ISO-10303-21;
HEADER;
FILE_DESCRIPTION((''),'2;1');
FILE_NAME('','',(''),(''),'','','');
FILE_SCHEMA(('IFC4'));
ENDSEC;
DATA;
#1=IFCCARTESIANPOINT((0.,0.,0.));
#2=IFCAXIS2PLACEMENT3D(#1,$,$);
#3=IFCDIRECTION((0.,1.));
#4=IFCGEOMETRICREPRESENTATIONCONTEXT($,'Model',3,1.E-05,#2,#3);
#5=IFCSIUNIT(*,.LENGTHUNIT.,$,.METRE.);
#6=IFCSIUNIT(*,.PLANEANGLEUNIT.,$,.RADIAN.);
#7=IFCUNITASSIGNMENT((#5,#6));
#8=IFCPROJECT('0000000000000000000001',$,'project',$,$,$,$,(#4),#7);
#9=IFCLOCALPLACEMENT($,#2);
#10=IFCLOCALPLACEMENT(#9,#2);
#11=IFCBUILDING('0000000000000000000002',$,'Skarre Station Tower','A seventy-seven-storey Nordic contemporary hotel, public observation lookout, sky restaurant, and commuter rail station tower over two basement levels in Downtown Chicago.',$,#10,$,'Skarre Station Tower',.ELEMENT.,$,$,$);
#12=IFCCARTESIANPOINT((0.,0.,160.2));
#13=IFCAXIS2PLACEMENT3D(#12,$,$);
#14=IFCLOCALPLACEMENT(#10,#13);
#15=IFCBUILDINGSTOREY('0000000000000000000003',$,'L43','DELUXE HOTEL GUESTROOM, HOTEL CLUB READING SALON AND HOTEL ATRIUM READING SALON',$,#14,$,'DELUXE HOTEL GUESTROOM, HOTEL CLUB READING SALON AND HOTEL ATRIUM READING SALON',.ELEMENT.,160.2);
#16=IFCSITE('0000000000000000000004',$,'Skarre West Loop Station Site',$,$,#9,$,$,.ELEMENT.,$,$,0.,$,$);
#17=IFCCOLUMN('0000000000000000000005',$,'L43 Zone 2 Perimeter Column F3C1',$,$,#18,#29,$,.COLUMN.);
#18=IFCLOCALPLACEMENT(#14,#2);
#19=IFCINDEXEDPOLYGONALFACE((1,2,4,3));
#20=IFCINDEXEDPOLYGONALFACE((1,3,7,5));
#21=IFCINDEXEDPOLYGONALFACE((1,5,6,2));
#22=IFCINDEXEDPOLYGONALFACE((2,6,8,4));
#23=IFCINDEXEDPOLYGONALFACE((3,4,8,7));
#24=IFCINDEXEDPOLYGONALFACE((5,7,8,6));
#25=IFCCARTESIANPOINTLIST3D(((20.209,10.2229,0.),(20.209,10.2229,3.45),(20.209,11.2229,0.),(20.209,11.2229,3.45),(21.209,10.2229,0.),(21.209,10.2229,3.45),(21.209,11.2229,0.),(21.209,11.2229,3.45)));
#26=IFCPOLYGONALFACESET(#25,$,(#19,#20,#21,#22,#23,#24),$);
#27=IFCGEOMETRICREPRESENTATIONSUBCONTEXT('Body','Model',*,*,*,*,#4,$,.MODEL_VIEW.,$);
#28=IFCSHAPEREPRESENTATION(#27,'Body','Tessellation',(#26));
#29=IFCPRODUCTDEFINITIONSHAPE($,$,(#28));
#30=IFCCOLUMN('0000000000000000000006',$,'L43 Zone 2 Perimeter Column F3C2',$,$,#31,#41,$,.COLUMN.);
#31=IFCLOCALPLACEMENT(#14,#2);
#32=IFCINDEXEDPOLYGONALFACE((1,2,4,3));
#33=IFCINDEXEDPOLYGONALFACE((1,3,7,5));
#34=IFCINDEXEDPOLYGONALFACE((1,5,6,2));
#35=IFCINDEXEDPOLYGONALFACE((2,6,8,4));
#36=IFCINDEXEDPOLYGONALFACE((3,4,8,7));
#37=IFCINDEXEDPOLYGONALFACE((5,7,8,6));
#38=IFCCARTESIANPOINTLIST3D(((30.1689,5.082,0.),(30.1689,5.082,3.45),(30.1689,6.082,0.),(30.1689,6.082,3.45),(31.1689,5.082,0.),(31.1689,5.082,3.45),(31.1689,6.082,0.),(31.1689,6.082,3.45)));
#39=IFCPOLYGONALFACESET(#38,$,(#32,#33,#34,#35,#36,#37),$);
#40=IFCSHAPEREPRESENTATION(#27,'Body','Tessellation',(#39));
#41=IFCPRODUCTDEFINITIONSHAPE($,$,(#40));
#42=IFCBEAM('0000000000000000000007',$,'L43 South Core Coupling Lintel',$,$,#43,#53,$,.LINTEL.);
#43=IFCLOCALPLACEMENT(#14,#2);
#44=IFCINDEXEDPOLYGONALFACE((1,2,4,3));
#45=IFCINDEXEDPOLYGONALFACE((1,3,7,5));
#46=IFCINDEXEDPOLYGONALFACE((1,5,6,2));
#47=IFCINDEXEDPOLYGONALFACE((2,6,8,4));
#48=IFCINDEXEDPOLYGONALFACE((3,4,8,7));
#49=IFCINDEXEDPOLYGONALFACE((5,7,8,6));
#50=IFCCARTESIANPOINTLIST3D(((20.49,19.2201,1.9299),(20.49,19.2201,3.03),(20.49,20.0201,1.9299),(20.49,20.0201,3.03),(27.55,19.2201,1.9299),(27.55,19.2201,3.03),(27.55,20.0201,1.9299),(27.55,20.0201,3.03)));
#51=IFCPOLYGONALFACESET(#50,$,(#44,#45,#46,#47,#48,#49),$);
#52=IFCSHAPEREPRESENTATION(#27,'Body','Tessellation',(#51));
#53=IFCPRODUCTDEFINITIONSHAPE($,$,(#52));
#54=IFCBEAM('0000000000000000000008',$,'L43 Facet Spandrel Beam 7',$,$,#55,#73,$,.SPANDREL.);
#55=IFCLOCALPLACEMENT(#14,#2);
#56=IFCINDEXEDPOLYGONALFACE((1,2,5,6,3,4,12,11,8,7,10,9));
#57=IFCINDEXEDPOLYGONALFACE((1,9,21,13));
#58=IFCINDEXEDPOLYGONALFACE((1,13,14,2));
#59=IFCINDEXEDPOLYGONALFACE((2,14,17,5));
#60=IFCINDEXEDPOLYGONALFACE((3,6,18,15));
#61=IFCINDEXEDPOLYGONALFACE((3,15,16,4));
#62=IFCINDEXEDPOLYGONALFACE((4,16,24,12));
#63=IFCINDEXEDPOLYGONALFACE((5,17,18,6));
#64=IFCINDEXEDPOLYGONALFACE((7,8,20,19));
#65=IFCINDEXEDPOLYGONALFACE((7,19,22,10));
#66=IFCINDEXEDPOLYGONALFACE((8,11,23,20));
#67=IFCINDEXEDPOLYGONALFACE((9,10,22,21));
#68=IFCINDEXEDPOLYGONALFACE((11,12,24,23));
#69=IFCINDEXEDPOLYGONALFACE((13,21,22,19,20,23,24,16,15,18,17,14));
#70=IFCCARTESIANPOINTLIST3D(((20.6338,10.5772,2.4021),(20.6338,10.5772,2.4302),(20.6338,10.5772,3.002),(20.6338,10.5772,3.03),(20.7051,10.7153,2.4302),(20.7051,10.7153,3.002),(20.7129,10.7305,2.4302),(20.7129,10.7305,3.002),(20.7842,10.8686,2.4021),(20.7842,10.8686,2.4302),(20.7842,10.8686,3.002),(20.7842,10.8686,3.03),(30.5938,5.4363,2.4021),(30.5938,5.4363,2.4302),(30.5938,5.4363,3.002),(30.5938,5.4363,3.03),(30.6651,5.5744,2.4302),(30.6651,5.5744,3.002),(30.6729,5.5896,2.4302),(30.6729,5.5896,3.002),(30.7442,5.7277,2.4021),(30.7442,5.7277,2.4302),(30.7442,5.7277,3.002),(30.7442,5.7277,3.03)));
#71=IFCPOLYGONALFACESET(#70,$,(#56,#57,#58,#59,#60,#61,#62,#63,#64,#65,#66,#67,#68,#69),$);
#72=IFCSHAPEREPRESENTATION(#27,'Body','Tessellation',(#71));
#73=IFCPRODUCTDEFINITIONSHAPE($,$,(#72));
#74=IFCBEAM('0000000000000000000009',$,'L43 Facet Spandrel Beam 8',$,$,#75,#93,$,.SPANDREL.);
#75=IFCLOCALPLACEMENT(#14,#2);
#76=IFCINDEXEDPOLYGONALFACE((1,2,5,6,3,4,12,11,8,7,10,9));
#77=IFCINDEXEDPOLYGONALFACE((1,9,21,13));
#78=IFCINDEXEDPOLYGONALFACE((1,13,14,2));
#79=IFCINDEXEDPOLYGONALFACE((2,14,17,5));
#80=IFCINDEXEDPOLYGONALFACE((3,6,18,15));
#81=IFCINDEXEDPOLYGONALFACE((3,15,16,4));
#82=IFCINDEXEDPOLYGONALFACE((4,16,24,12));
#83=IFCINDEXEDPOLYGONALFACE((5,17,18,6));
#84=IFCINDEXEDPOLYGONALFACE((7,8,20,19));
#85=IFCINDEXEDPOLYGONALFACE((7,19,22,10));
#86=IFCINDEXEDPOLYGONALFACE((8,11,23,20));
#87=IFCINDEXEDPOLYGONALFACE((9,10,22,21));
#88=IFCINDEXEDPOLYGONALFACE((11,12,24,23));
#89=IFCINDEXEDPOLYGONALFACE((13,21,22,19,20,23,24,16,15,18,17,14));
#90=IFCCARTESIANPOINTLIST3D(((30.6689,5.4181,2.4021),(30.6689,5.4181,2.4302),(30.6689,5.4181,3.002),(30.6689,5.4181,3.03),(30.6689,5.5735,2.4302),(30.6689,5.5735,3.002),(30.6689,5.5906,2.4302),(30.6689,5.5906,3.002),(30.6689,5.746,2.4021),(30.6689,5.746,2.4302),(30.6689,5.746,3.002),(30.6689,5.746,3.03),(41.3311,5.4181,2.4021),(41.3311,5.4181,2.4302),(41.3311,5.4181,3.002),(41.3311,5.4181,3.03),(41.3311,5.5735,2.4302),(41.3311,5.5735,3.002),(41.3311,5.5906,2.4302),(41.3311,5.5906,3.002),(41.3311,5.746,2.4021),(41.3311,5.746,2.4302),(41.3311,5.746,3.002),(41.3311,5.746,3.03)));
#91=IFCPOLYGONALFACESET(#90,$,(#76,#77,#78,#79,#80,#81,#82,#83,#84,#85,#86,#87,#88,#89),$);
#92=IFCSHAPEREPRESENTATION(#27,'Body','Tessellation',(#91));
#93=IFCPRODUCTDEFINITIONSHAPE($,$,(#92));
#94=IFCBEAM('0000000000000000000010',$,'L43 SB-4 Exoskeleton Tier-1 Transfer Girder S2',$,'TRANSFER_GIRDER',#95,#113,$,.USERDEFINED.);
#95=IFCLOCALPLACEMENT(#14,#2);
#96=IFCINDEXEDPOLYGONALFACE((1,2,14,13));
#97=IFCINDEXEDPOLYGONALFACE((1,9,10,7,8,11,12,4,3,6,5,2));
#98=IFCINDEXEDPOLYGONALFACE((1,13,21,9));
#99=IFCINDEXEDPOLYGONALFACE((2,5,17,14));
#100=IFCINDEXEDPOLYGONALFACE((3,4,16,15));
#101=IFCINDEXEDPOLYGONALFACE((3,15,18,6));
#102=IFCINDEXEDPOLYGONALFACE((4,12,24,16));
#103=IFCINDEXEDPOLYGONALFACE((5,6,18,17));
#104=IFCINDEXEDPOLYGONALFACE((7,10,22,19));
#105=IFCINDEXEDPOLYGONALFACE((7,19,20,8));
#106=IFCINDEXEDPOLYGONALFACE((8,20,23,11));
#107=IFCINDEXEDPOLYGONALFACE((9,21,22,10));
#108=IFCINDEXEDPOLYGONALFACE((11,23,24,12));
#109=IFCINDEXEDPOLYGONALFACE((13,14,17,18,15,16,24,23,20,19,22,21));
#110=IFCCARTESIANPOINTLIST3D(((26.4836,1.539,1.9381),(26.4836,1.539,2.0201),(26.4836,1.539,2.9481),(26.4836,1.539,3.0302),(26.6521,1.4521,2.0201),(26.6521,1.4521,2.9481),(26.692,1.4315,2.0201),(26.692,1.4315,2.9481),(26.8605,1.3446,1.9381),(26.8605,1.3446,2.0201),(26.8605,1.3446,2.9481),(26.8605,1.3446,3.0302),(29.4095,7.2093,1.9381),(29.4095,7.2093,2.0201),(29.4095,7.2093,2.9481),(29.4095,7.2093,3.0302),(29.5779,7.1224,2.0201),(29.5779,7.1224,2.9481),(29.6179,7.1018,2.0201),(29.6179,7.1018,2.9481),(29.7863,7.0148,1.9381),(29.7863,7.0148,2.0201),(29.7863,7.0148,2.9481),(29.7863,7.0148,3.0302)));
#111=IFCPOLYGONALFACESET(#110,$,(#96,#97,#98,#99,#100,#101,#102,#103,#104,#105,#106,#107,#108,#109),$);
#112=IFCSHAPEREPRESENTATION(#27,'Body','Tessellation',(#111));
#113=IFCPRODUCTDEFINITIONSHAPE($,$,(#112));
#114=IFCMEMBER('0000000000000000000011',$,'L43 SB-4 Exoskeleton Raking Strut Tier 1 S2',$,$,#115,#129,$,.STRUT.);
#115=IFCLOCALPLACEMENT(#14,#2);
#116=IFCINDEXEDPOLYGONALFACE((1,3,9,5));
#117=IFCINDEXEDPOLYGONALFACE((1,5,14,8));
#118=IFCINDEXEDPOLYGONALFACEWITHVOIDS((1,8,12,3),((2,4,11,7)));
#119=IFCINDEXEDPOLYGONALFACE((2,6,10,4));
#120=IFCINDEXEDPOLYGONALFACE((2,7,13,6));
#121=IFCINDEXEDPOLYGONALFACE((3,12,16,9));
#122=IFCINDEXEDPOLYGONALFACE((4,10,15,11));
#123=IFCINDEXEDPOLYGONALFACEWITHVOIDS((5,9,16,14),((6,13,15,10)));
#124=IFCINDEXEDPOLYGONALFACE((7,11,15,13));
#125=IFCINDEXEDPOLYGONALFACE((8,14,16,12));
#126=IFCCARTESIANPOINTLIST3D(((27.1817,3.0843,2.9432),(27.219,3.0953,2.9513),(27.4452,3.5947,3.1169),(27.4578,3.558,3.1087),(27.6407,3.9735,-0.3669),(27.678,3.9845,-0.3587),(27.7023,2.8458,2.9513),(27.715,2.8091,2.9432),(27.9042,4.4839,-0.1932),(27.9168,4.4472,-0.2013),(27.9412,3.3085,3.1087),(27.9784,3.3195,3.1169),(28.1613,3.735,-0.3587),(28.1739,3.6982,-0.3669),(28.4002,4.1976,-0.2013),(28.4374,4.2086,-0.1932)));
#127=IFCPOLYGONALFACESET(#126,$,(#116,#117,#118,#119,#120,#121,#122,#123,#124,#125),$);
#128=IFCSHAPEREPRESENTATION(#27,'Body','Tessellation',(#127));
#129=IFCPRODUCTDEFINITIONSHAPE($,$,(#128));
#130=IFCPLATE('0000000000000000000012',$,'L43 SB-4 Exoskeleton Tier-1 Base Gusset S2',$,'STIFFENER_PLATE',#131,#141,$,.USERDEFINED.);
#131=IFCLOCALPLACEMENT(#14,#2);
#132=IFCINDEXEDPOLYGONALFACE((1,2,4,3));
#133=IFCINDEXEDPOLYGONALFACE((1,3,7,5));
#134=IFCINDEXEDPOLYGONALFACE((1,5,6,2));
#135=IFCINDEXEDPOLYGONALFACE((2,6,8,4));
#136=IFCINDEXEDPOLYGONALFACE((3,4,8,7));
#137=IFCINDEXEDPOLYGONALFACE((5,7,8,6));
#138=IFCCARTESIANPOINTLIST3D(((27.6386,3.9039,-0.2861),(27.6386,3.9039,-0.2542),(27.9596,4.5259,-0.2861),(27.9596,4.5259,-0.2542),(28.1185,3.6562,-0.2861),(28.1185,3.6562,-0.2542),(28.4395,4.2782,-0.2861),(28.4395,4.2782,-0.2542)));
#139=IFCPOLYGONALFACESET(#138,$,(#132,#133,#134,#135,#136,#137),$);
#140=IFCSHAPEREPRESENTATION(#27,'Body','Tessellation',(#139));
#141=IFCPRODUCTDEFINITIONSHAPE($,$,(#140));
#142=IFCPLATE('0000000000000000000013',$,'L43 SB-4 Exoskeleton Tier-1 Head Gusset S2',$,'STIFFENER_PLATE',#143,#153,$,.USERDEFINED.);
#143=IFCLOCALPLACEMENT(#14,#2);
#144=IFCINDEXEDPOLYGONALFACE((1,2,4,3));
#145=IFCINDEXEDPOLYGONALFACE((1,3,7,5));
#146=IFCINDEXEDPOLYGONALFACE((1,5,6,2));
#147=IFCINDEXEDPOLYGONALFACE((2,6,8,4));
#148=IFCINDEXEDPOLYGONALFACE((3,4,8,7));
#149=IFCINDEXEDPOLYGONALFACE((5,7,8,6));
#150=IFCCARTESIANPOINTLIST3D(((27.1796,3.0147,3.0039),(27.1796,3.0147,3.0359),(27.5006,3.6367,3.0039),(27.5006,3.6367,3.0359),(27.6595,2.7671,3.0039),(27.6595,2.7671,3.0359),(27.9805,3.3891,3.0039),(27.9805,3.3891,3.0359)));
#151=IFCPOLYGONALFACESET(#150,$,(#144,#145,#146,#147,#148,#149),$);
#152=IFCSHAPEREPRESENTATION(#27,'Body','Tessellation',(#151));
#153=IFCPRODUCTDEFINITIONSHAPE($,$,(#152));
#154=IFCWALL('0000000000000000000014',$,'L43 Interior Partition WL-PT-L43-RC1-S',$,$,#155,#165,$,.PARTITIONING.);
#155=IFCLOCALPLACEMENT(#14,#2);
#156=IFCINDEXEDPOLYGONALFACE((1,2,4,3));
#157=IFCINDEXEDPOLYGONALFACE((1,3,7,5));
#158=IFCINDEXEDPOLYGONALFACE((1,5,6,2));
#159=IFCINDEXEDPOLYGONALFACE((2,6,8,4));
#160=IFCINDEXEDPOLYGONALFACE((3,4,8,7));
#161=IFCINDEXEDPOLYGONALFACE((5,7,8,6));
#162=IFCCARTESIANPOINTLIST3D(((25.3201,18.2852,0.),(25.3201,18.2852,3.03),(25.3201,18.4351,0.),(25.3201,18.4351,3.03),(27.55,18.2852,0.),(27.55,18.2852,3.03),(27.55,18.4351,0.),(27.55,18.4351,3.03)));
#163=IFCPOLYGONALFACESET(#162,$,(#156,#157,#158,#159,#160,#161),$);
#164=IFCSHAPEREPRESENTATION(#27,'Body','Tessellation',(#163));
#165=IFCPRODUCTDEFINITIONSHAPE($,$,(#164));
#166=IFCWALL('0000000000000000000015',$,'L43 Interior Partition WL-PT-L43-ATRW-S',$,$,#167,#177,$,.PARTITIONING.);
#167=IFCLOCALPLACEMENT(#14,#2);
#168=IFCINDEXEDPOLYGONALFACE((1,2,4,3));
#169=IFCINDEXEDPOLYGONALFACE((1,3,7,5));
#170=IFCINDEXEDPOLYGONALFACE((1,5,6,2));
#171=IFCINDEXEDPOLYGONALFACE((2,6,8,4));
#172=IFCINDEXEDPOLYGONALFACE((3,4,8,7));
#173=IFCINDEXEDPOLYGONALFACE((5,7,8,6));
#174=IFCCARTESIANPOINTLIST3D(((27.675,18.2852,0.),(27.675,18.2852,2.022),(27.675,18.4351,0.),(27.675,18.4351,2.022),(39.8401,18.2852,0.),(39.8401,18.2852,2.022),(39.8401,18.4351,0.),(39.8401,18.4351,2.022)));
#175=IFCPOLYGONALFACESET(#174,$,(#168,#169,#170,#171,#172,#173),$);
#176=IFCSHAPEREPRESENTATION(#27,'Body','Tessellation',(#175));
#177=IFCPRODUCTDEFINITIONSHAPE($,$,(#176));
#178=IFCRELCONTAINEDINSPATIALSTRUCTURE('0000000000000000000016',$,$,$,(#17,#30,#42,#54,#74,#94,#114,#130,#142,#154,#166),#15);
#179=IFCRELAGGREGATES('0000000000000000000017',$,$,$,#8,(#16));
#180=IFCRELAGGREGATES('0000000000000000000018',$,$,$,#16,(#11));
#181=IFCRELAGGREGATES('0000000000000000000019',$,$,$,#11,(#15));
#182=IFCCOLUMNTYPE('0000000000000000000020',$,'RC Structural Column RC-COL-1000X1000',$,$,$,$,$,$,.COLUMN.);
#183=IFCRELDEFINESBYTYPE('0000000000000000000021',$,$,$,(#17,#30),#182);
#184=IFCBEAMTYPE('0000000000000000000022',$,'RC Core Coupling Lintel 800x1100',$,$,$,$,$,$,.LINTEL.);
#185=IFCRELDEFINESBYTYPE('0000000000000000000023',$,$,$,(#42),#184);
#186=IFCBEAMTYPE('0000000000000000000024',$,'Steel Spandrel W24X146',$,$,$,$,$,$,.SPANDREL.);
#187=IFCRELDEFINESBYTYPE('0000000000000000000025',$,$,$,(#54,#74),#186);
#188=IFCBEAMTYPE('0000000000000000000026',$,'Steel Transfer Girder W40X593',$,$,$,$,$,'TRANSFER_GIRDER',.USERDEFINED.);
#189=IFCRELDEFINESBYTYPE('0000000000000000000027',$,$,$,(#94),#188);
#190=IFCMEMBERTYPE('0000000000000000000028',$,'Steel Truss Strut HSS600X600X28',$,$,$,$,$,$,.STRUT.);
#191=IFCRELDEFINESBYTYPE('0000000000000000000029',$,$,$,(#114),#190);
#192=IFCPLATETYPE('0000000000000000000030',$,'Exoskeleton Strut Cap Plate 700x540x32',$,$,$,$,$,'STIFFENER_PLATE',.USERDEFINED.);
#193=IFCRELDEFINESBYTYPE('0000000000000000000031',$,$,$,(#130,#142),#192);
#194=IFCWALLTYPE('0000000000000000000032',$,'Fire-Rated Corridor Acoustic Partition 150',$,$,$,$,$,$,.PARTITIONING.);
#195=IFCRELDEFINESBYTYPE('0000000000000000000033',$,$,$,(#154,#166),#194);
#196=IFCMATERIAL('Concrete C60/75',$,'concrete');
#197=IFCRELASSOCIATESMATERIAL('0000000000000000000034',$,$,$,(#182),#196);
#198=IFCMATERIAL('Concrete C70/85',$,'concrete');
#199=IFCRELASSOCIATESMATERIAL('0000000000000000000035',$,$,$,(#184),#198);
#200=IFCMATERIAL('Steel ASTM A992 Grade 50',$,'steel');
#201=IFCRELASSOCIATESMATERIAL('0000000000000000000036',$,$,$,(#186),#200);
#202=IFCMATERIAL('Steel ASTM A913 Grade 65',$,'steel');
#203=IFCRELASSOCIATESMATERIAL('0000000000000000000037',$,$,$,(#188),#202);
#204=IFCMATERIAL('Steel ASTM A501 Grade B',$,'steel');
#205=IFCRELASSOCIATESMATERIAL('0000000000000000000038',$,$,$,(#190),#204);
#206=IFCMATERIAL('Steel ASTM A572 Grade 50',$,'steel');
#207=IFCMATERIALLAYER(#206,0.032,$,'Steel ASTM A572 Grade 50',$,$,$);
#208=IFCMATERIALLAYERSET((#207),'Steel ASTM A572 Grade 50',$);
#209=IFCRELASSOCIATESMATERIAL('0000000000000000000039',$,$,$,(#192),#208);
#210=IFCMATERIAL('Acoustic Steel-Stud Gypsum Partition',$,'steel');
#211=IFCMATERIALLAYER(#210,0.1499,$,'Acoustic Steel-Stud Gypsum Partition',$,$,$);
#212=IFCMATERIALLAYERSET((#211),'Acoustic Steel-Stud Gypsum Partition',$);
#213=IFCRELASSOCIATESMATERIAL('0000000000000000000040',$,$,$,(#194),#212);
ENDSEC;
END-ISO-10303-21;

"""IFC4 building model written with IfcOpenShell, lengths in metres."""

from ifc_helpers import new_model, si_unit, direction, frame, frame_2d, origin, origin_2d, place, context, subcontext, project, spatial, rectangle, hollow_rectangle, i_section, extrude, material, layer, layer_set, material_profile, profile_set, type_object, element, save


model = new_model("IFC4")

# Units and contexts
model_context = context("Model", 3, precision=1e-05, world=origin(), true_north=direction((0.0, 1.0)))
body_context = subcontext(model_context, "Body", "Model", "MODEL_VIEW")
ifc_project = project(units=[si_unit("LENGTHUNIT", "METRE"), si_unit("PLANEANGLEUNIT", "RADIAN")], contexts=[model_context])

# Site, building, storey
site_placement = place(None, origin())
site = spatial("IfcSite", under=ifc_project, at=site_placement, Name="Skarre West Loop Station Site", CompositionType="ELEMENT", RefElevation=0.0)
building_placement = place(site_placement, origin())
building = spatial("IfcBuilding", under=site, at=building_placement, Name="Skarre Station Tower", Description="A seventy-seven-storey Nordic contemporary hotel, public observation lookout, sky restaurant, and commuter rail station tower over two basement levels in Downtown Chicago.", LongName="Skarre Station Tower", CompositionType="ELEMENT")
storey_placement = place(building_placement, frame((0.0, 0.0, 160.2)))
storey = spatial("IfcBuildingStorey", under=building, at=storey_placement, Name="L43", Description="DELUXE HOTEL GUESTROOM, HOTEL CLUB READING SALON AND HOTEL ATRIUM READING SALON", LongName="DELUXE HOTEL GUESTROOM, HOTEL CLUB READING SALON AND HOTEL ATRIUM READING SALON", CompositionType="ELEMENT", Elevation=160.2)

# Columns
ifc_material_1 = material(Name="Concrete C60/75", Category="concrete")
ifc_material_profile_1 = material_profile(ifc_material_1, rectangle(XDim=1.0, YDim=1.0, at=origin_2d()), Name="Concrete C60/75")
ifc_profile_set_1 = profile_set([ifc_material_profile_1], Name="Concrete C60/75")
column_type = type_object("IfcColumnType", Name="RC Structural Column RC-COL-1000X1000", PredefinedType="COLUMN", material=ifc_profile_set_1)
for number, where, z_axis, x_axis, name in (
    (1, (20.709, 10.7229, 0.0), (0.0, 0.0, 1.0), (1.0, 0.0, 0.0), "L43 Zone 2 Perimeter Column F3C1"),
    (2, (30.6689, 5.582, 0.0), (0.0, 0.0, 1.0), (1.0, 0.0, 0.0), "L43 Zone 2 Perimeter Column F3C2"),
):
    element("IfcColumn", number, at=place(storey_placement, frame(where, z_axis=z_axis, x_axis=x_axis)), inside=storey, type_object=column_type, Name=name, PredefinedType="COLUMN", context=body_context, shape_type="SweptSolid", body=[
        extrude(rectangle(XDim=1.0, YDim=1.0, at=origin_2d()), origin(), (0.0, 0.0, 1.0), 3.45),
    ])

# Beams
ifc_material_2 = material(Name="Concrete C70/85", Category="concrete")
ifc_material_profile_2 = material_profile(ifc_material_2, rectangle(XDim=0.8, YDim=1.1001, at=origin_2d()), Name="Concrete C70/85")
ifc_profile_set_2 = profile_set([ifc_material_profile_2], Name="Concrete C70/85")
beam_type_1 = type_object("IfcBeamType", Name="RC Core Coupling Lintel 800x1100", PredefinedType="LINTEL", material=ifc_profile_set_2)
beam_1_placement = place(storey_placement, frame((20.49, 19.6201, 2.48), z_axis=(1.0, 0.0, 0.0), x_axis=(0.0, 1.0, 0.0)))
element("IfcBeam", 3, at=beam_1_placement, inside=storey, type_object=beam_type_1, Name="L43 South Core Coupling Lintel", PredefinedType="LINTEL", context=body_context, shape_type="SweptSolid", body=[
    extrude(rectangle(XDim=0.8, YDim=1.1001, at=origin_2d()), origin(), (0.0, 0.0, 1.0), 7.0601),
])
ifc_material_3 = material(Name="Steel ASTM A992 Grade 50", Category="steel")
ifc_material_profile_3 = material_profile(ifc_material_3, i_section(OverallWidth=0.3279, OverallDepth=0.6279, WebThickness=0.0171, FlangeThickness=0.0281, at=origin_2d()), Name="Steel ASTM A992 Grade 50")
ifc_profile_set_3 = profile_set([ifc_material_profile_3], Name="Steel ASTM A992 Grade 50")
beam_type_2 = type_object("IfcBeamType", Name="Steel Spandrel W24X146", PredefinedType="SPANDREL", material=ifc_profile_set_3)
beam_2_placement = place(storey_placement, frame((20.709, 10.7229, 2.7161), z_axis=(0.888612, -0.45866, 0.0), x_axis=(0.45866, 0.888612, 0.0)))
element("IfcBeam", 4, at=beam_2_placement, inside=storey, type_object=beam_type_2, Name="L43 Facet Spandrel Beam 7", PredefinedType="SPANDREL", context=body_context, shape_type="SweptSolid", body=[
    extrude(i_section(OverallWidth=0.3279, OverallDepth=0.6279, WebThickness=0.0171, FlangeThickness=0.0281, at=origin_2d()), origin(), (0.0, 0.0, 1.0), 11.2085),
])
beam_3_placement = place(storey_placement, frame((30.6689, 5.582, 2.7161), z_axis=(1.0, 0.0, 0.0), x_axis=(0.0, 1.0, 0.0)))
element("IfcBeam", 5, at=beam_3_placement, inside=storey, type_object=beam_type_2, Name="L43 Facet Spandrel Beam 8", PredefinedType="SPANDREL", context=body_context, shape_type="SweptSolid", body=[
    extrude(i_section(OverallWidth=0.3279, OverallDepth=0.6279, WebThickness=0.0171, FlangeThickness=0.0281, at=origin_2d()), origin(), (0.0, 0.0, 1.0), 10.6621),
])
ifc_material_4 = material(Name="Steel ASTM A913 Grade 65", Category="steel")
ifc_material_profile_4 = material_profile(ifc_material_4, i_section(OverallWidth=0.4241, OverallDepth=1.092, WebThickness=0.0449, FlangeThickness=0.082, at=origin_2d()), Name="Steel ASTM A913 Grade 65")
ifc_profile_set_4 = profile_set([ifc_material_profile_4], Name="Steel ASTM A913 Grade 65")
beam_type_3 = type_object("IfcBeamType", Name="Steel Transfer Girder W40X593", ElementType="TRANSFER_GIRDER", PredefinedType="USERDEFINED", material=ifc_profile_set_4)
beam_4_placement = place(storey_placement, frame((29.5979, 7.1121, 2.4841), z_axis=(-0.458549, -0.888669, 0.0), x_axis=(0.888669, -0.458549, 0.0)))
element("IfcBeam", 6, at=beam_4_placement, inside=storey, type_object=beam_type_3, Name="L43 SB-4 Exoskeleton Tier-1 Transfer Girder S2", ObjectType="TRANSFER_GIRDER", PredefinedType="USERDEFINED", context=body_context, shape_type="SweptSolid", body=[
    extrude(i_section(OverallWidth=0.4241, OverallDepth=1.092, WebThickness=0.0449, FlangeThickness=0.082, at=origin_2d()), origin(), (0.0, 0.0, 1.0), 6.3806),
])

# Member
ifc_material_5 = material(Name="Steel ASTM A501 Grade B", Category="steel")
ifc_material_profile_5 = material_profile(ifc_material_5, hollow_rectangle(XDim=0.6001, YDim=0.6001, WallThickness=0.0281, at=origin_2d()), Name="Steel ASTM A501 Grade B")
ifc_profile_set_5 = profile_set([ifc_material_profile_5], Name="Steel ASTM A501 Grade B")
member_type = type_object("IfcMemberType", Name="Steel Truss Strut HSS600X600X28", PredefinedType="STRUT", material=ifc_profile_set_5)
member_placement = place(storey_placement, frame((28.0391, 4.0911, -0.28), z_axis=(-0.132731, -0.257131, 0.957218), x_axis=(0.888595, -0.458693, 0.0)))
element("IfcMember", 7, at=member_placement, inside=storey, type_object=member_type, Name="L43 SB-4 Exoskeleton Raking Strut Tier 1 S2", PredefinedType="STRUT", context=body_context, shape_type="SweptSolid", body=[
    extrude(hollow_rectangle(XDim=0.6001, YDim=0.6001, WallThickness=0.0281, at=origin_2d()), origin(), (0.0, 0.0, 1.0), 3.458),
])

# Plates
ifc_material_6 = material(Name="Steel ASTM A572 Grade 50", Category="steel")
ifc_layer_1 = layer(ifc_material_6, 0.032, Name="Steel ASTM A572 Grade 50")
ifc_layer_set_1 = layer_set([ifc_layer_1], Name="Steel ASTM A572 Grade 50")
plate_type = type_object("IfcPlateType", Name="Exoskeleton Strut Cap Plate 700x540x32", ElementType="STIFFENER_PLATE", PredefinedType="USERDEFINED", material=ifc_layer_set_1)
for number, where, z_axis, x_axis, name in (
    (8, (28.0391, 4.0911, -0.2861), (0.0, 0.0, 1.0), (-0.458634, -0.888625, 0.0), "L43 SB-4 Exoskeleton Tier-1 Base Gusset S2"),
    (9, (27.5801, 3.2019, 3.0039), (0.0, 0.0, 1.0), (-0.458634, -0.888625, 0.0), "L43 SB-4 Exoskeleton Tier-1 Head Gusset S2"),
):
    element("IfcPlate", number, at=place(storey_placement, frame(where, z_axis=z_axis, x_axis=x_axis)), inside=storey, type_object=plate_type, Name=name, ObjectType="STIFFENER_PLATE", PredefinedType="USERDEFINED", context=body_context, shape_type="SweptSolid", body=[
        extrude(rectangle(XDim=0.7, YDim=0.54, at=origin_2d()), origin(), (0.0, 0.0, 1.0), 0.032),
    ])

# Walls
ifc_material_7 = material(Name="Acoustic Steel-Stud Gypsum Partition", Category="steel")
ifc_layer_2 = layer(ifc_material_7, 0.1499, Name="Acoustic Steel-Stud Gypsum Partition")
ifc_layer_set_2 = layer_set([ifc_layer_2], Name="Acoustic Steel-Stud Gypsum Partition")
wall_type_1 = type_object("IfcWallType", Name="Fire-Rated Corridor Acoustic Partition 150", PredefinedType="PARTITIONING", material=ifc_layer_set_2)
wall_1_placement = place(storey_placement, frame((25.3201, 18.3601, 0.0), z_axis=(0.0, 0.0, 1.0), x_axis=(1.0, 0.0, 0.0)))
element("IfcWall", 10, at=wall_1_placement, inside=storey, type_object=wall_type_1, Name="L43 Interior Partition WL-PT-L43-RC1-S", PredefinedType="PARTITIONING", context=body_context, shape_type="SweptSolid", body=[
    extrude(rectangle(XDim=2.23, YDim=0.1499, at=frame_2d((1.115, 0.0))), origin(), (0.0, 0.0, 1.0), 3.03),
])
wall_2_placement = place(storey_placement, frame((27.675, 18.3601, 0.0), z_axis=(0.0, 0.0, 1.0), x_axis=(1.0, 0.0, 0.0)))
element("IfcWall", 11, at=wall_2_placement, inside=storey, type_object=wall_type_1, Name="L43 Interior Partition WL-PT-L43-ATRW-S", PredefinedType="PARTITIONING", context=body_context, shape_type="SweptSolid", body=[
    extrude(rectangle(XDim=12.165, YDim=0.1499, at=frame_2d((6.0825, 0.0))), origin(), (0.0, 0.0, 1.0), 2.022),
])

save(model, "model.ifc")
